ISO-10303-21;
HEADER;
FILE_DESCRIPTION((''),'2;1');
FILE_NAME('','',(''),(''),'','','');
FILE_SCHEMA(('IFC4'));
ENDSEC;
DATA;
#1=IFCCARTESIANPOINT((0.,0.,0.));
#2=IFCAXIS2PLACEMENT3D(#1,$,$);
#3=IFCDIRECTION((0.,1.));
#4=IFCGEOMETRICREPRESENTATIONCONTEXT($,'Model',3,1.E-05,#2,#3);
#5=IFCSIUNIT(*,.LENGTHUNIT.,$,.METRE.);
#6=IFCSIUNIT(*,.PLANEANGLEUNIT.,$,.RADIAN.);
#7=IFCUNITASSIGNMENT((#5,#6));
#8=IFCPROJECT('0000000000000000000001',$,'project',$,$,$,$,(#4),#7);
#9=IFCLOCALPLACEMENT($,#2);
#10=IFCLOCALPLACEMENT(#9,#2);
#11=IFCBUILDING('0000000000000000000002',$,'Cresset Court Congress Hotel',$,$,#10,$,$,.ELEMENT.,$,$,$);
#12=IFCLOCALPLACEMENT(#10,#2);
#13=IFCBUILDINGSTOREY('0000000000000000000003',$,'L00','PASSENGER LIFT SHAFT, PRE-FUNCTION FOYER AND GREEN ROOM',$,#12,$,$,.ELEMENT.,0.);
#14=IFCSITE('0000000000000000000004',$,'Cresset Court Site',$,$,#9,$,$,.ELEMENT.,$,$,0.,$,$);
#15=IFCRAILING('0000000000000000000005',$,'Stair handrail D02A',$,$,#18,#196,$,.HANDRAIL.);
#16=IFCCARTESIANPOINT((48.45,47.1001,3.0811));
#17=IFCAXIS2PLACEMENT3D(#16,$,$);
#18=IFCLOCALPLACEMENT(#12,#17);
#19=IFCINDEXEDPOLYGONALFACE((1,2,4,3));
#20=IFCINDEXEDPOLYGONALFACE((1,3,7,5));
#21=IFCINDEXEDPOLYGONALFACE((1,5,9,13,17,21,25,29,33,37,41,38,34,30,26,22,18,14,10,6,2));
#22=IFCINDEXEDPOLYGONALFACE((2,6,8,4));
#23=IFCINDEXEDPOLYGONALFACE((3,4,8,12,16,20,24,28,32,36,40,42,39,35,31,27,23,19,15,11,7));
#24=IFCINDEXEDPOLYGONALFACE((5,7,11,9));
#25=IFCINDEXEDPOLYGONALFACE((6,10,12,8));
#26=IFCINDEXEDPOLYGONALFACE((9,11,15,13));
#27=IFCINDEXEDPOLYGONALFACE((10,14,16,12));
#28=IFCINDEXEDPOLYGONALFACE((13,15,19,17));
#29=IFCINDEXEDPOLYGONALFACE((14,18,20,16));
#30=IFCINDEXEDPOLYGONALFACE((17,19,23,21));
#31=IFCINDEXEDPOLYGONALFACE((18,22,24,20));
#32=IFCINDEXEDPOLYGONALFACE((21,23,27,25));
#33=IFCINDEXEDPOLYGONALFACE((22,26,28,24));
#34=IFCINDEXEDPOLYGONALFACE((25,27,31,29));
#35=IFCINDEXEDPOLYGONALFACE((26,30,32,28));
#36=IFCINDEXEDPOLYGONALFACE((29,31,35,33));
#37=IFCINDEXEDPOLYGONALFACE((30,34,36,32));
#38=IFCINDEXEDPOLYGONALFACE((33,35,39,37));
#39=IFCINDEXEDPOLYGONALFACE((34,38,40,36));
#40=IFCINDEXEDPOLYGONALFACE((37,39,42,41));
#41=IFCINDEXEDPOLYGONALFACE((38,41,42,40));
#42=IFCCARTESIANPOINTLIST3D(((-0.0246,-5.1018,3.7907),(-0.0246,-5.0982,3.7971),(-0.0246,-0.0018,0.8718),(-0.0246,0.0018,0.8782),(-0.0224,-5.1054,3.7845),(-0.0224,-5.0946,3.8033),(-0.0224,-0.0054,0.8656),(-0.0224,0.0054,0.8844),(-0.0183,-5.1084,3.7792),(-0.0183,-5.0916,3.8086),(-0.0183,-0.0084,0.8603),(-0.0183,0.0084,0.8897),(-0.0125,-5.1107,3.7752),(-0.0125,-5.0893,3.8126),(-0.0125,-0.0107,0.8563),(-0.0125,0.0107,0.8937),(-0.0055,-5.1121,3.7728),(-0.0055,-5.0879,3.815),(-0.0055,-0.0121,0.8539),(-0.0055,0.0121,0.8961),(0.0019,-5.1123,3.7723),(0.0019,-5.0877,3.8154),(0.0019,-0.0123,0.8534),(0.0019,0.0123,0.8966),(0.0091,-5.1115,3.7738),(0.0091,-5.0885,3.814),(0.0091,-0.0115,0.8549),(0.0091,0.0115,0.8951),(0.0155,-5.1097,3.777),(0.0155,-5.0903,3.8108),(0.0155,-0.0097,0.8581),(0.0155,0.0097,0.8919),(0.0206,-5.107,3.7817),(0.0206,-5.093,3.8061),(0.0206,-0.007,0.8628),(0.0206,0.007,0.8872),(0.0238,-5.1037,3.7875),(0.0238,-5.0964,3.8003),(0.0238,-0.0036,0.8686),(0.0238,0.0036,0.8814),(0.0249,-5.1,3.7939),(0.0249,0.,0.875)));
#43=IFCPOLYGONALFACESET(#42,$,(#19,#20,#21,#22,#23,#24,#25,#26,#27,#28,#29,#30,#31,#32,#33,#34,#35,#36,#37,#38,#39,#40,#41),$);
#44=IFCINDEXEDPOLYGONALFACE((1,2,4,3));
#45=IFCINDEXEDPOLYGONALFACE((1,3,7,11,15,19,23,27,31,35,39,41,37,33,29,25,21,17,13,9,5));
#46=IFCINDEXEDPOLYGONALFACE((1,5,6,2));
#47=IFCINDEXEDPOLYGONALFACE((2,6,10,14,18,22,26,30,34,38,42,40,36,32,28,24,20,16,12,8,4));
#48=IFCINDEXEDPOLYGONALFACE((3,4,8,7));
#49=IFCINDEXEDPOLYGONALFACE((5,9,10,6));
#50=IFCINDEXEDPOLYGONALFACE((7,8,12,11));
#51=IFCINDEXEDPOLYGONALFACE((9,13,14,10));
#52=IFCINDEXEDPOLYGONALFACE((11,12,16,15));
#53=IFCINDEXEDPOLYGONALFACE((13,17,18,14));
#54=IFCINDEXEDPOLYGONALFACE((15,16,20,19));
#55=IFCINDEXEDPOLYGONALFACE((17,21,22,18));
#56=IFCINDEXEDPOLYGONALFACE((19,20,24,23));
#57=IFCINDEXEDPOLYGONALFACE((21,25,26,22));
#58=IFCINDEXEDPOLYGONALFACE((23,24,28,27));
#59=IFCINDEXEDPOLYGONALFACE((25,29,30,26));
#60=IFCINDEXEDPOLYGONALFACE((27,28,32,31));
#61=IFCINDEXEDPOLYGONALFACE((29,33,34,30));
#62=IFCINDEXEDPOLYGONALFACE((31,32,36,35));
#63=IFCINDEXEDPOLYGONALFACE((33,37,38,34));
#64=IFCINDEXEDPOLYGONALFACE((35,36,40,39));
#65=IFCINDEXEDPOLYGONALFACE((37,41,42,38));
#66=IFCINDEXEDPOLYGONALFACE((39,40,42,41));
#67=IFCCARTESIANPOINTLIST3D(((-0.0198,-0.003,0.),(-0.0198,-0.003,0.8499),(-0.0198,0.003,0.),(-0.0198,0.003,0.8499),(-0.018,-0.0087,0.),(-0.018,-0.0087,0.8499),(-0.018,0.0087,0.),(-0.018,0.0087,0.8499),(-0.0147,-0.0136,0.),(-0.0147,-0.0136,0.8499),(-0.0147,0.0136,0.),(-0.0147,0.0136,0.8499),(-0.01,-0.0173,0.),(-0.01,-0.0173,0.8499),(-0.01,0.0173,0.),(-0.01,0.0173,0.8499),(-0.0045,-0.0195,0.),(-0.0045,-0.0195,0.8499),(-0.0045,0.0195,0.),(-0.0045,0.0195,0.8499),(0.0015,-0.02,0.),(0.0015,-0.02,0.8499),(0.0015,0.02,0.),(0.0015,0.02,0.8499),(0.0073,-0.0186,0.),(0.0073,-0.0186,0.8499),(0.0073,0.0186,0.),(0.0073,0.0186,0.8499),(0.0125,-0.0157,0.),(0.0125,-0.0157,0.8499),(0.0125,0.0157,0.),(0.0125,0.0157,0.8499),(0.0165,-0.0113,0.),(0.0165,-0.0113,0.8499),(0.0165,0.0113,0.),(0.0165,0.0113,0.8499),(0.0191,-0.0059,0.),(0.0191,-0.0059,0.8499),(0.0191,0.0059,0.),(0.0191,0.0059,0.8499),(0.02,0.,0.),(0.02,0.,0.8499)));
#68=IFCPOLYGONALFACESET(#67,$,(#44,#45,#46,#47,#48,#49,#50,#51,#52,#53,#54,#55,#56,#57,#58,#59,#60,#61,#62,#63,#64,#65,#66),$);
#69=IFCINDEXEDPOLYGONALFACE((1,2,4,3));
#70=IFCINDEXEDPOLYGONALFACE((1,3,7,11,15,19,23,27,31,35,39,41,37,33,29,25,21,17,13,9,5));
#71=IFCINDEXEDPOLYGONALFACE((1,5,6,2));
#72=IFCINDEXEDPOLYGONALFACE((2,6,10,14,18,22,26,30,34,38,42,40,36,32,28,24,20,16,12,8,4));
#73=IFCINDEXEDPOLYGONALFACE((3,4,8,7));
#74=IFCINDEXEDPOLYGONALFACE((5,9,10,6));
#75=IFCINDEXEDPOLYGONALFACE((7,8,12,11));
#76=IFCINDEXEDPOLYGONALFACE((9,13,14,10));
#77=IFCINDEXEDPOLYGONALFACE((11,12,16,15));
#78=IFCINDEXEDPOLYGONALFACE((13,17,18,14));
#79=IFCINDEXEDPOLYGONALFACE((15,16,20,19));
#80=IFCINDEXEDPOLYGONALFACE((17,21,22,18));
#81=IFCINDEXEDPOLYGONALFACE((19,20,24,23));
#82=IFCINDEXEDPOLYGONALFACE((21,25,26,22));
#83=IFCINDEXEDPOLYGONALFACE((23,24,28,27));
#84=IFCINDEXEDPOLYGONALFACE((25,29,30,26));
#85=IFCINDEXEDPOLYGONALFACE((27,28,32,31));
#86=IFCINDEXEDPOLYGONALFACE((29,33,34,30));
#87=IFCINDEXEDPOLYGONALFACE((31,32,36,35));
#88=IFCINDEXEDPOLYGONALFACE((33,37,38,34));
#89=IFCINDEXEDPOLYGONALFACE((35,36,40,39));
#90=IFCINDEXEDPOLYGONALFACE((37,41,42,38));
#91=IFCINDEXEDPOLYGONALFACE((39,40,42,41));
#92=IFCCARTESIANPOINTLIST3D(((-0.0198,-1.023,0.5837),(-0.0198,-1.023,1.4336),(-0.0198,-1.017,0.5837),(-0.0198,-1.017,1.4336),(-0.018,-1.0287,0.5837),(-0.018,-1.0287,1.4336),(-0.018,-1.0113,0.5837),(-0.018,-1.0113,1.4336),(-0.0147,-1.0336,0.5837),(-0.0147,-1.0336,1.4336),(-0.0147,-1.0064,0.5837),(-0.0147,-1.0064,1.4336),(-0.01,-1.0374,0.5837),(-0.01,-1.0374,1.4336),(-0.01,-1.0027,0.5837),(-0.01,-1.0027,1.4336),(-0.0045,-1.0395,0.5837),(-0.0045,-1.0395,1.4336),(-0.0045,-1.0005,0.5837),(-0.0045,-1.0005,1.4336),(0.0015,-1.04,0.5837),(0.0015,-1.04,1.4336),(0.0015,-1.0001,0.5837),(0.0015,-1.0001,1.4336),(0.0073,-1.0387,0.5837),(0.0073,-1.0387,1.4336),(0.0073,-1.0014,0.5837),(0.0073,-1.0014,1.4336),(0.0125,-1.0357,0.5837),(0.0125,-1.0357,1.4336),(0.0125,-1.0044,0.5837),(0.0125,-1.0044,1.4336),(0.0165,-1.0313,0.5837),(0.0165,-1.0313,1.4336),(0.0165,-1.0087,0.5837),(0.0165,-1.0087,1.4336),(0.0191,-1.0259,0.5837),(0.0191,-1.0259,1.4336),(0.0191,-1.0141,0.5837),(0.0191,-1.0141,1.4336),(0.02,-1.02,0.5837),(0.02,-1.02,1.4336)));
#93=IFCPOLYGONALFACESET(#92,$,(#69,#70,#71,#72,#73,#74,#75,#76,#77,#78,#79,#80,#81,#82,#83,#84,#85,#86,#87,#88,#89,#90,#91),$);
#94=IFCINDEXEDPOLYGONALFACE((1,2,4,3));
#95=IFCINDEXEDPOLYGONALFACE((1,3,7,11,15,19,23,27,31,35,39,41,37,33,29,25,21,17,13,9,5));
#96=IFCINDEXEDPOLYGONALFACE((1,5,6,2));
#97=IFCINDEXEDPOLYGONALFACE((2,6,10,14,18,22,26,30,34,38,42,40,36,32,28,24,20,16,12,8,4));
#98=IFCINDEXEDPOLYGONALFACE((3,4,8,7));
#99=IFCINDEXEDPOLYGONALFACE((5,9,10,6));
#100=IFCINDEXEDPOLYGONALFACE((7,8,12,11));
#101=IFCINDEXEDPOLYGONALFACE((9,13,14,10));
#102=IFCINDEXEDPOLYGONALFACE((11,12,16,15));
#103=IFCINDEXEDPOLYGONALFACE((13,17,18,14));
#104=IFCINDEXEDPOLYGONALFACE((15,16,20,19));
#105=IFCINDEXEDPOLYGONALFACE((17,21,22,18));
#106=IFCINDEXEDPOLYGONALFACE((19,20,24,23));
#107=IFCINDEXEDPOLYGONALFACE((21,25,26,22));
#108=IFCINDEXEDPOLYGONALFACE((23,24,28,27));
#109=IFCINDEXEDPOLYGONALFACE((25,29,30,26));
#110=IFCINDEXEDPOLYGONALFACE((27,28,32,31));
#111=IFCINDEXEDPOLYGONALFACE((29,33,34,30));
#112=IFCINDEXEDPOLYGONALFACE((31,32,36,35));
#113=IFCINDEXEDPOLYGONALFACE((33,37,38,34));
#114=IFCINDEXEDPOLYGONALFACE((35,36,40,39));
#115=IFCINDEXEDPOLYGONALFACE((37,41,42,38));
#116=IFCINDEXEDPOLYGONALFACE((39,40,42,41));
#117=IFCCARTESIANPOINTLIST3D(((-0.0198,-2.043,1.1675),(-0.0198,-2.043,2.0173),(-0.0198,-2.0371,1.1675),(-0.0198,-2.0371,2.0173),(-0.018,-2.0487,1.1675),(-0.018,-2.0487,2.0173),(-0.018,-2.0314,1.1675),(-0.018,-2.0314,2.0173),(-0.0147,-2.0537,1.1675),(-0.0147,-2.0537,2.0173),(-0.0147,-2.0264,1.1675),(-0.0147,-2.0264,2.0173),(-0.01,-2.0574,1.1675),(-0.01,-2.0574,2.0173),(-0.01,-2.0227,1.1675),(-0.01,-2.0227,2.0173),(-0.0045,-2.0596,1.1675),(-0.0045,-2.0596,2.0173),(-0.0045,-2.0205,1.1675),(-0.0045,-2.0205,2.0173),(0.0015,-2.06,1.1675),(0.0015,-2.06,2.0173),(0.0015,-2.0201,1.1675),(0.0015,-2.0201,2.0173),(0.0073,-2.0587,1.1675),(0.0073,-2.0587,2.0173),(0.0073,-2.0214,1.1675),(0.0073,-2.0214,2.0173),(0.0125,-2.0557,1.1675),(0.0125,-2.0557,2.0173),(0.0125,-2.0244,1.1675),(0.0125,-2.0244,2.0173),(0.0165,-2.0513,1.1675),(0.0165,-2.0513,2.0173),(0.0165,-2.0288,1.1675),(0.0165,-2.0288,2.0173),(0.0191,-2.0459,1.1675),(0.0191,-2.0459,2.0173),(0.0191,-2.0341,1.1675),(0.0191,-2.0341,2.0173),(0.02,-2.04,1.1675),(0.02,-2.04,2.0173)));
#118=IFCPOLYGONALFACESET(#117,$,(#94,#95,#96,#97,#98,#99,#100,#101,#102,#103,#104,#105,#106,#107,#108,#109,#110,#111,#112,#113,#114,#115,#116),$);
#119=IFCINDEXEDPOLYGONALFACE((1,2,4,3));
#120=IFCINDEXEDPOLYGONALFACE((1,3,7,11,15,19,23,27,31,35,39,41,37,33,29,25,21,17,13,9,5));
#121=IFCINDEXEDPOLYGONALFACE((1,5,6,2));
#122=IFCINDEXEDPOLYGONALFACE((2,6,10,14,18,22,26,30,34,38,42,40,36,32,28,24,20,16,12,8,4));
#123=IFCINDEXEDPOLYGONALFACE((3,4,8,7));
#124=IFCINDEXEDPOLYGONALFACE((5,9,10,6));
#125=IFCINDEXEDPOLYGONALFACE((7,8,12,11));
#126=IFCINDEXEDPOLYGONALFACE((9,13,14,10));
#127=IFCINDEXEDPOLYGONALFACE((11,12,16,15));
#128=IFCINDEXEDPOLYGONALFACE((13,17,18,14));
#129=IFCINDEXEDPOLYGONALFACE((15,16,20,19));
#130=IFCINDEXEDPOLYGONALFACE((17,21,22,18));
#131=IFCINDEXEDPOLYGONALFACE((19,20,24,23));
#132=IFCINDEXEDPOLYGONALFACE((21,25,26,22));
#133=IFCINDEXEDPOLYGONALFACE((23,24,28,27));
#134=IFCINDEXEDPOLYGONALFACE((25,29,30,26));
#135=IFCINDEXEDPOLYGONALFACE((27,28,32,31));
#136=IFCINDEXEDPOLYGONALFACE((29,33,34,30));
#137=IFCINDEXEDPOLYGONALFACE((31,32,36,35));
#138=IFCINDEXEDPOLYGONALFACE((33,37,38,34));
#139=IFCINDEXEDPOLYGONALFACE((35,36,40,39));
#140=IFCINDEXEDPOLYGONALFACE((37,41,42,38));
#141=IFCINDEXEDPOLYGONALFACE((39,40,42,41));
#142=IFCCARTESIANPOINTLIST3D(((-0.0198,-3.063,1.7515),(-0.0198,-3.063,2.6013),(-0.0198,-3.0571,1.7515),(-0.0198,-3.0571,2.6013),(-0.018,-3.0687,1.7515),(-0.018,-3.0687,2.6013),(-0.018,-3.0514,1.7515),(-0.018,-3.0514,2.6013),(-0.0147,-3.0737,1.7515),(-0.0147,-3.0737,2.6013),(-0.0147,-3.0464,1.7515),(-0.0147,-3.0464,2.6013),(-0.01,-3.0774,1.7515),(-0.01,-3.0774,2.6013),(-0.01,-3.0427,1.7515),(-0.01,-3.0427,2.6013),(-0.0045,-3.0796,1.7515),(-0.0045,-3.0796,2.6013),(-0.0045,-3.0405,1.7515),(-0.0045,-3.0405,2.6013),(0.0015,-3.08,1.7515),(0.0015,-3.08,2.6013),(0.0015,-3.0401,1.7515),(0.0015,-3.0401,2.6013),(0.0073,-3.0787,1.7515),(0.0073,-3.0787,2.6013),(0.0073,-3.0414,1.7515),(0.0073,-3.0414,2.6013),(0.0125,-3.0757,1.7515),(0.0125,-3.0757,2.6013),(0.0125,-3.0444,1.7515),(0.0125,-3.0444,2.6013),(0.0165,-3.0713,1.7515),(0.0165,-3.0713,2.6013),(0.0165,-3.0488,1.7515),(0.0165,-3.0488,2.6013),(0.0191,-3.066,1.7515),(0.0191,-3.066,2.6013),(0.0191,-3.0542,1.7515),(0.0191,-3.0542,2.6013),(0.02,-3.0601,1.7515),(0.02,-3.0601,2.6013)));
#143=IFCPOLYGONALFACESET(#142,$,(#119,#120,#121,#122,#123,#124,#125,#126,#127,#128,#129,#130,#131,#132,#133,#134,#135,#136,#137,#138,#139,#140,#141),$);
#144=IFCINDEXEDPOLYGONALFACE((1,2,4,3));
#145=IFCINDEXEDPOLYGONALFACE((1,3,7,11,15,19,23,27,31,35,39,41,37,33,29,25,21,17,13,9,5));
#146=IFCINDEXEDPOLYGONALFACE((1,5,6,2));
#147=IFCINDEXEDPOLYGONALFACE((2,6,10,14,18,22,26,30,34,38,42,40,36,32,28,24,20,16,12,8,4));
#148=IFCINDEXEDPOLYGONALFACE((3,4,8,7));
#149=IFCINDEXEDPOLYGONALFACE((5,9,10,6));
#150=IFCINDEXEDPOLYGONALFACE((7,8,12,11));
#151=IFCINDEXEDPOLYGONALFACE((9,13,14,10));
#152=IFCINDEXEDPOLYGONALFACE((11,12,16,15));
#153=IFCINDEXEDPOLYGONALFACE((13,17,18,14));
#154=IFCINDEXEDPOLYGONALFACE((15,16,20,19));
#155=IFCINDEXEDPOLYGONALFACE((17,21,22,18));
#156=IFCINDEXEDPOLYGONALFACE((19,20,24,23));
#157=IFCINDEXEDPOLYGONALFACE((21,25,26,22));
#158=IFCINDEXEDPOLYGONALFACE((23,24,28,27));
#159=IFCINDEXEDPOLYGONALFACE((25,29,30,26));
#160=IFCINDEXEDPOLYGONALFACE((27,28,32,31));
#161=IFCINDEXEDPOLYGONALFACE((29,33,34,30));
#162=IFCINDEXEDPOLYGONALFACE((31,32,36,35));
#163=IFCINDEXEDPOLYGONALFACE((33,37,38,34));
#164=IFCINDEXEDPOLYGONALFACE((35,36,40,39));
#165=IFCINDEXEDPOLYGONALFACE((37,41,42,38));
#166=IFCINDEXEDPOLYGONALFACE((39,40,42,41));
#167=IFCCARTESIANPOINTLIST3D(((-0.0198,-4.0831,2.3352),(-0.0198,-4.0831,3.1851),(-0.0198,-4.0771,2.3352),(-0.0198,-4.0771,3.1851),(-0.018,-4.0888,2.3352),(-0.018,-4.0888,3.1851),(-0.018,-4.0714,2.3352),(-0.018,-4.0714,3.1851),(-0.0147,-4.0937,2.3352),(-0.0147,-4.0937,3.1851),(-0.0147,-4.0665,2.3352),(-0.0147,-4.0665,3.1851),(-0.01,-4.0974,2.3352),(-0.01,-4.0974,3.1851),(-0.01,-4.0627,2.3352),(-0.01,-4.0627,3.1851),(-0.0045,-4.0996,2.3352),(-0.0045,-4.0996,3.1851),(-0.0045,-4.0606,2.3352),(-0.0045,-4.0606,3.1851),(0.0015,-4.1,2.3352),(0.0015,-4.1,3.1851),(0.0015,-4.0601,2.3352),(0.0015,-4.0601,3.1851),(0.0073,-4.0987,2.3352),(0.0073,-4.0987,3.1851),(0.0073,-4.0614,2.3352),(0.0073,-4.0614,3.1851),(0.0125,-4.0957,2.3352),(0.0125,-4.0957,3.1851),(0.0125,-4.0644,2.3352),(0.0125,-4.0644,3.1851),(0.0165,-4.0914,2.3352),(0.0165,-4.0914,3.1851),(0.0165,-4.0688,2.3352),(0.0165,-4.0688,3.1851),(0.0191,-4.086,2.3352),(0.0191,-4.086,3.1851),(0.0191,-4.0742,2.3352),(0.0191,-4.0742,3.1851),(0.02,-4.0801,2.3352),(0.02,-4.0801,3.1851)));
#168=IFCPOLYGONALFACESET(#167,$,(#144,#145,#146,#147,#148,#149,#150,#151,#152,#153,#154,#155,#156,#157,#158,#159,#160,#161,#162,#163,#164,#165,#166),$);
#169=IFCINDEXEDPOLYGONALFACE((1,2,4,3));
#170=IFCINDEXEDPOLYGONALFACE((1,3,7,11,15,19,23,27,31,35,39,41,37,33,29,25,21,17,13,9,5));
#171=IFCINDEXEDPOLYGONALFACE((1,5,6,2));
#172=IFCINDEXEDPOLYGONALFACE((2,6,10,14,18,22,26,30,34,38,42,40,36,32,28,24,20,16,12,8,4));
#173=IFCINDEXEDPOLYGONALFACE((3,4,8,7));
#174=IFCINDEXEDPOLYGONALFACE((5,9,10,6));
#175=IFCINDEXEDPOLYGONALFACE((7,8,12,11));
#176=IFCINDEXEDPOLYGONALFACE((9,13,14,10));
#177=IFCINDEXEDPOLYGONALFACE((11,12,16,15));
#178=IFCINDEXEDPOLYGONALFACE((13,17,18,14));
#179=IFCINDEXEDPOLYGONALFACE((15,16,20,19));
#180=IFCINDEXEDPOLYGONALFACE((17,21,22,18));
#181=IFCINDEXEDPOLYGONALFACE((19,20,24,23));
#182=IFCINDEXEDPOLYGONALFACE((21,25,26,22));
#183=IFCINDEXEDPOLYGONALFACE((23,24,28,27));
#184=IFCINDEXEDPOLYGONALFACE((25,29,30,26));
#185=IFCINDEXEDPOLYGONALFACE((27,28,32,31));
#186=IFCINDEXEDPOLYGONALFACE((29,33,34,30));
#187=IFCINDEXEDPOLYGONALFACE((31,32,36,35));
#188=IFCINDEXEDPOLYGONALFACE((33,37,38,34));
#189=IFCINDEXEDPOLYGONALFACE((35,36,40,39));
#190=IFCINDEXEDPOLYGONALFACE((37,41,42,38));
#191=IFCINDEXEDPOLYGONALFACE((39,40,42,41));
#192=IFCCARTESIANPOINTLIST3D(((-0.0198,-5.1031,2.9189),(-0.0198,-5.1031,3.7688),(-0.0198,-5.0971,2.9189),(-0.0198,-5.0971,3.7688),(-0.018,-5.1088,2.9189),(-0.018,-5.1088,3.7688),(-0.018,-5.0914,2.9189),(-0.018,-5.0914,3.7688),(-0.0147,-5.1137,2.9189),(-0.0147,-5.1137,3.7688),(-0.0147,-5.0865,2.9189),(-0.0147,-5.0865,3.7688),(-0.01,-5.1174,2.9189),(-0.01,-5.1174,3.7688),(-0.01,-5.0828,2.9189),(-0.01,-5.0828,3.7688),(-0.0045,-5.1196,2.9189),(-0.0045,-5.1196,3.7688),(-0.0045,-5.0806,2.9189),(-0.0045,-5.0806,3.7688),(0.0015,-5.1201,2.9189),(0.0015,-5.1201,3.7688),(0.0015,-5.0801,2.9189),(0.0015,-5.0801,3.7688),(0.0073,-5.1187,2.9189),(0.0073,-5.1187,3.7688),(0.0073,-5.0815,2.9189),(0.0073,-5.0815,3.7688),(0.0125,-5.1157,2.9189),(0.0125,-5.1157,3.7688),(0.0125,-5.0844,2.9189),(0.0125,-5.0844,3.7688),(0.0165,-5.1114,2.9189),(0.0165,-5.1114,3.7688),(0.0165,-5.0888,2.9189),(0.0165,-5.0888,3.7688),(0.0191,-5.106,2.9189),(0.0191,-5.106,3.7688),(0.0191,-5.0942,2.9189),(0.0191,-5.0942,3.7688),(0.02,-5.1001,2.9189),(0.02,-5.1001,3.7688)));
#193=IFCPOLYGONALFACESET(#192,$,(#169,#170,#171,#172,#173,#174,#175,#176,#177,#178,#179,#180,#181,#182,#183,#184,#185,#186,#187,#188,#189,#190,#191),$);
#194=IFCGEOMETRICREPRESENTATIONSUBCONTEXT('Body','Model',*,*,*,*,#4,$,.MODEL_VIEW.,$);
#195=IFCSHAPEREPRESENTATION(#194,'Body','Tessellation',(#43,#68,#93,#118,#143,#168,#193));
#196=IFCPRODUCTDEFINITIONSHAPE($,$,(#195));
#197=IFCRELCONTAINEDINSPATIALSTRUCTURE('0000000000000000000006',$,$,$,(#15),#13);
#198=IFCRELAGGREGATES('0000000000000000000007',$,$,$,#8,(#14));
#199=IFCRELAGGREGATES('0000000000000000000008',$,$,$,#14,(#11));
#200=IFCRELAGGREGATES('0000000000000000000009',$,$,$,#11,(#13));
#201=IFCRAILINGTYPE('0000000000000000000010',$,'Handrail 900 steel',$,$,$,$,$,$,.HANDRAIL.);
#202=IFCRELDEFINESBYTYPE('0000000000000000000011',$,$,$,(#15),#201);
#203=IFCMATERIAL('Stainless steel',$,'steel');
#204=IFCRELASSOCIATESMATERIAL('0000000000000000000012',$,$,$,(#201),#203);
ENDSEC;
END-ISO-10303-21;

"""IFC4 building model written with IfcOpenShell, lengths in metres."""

from ifc_helpers import new_model, si_unit, direction, frame, origin, origin_2d, place, context, subcontext, project, spatial, circle, extrude, material, type_object, element, save


model = new_model("IFC4")

# Units and contexts
model_context = context("Model", 3, precision=1e-05, world=origin(), true_north=direction((0.0, 1.0)))
body_context = subcontext(model_context, "Body", "Model", "MODEL_VIEW")
ifc_project = project(units=[si_unit("LENGTHUNIT", "METRE"), si_unit("PLANEANGLEUNIT", "RADIAN")], contexts=[model_context])

# Site, building, storey
site_placement = place(None, origin())
site = spatial("IfcSite", under=ifc_project, at=site_placement, Name="Cresset Court Site", CompositionType="ELEMENT", RefElevation=0.0)
building_placement = place(site_placement, origin())
building = spatial("IfcBuilding", under=site, at=building_placement, Name="Cresset Court Congress Hotel", CompositionType="ELEMENT")
storey_placement = place(building_placement, origin())
storey = spatial("IfcBuildingStorey", under=building, at=storey_placement, Name="L00", Description="PASSENGER LIFT SHAFT, PRE-FUNCTION FOYER AND GREEN ROOM", CompositionType="ELEMENT", Elevation=0.0)

# Railing
ifc_material_1 = material(Name="Stainless steel", Category="steel")
railing_type_1 = type_object("IfcRailingType", Name="Handrail 900 steel", PredefinedType="HANDRAIL", material=ifc_material_1)
railing_1_placement = place(storey_placement, frame((48.45, 47.1001, 3.0811)))
element("IfcRailing", 1, at=railing_1_placement, inside=storey, type_object=railing_type_1, Name="Stair handrail D02A", PredefinedType="HANDRAIL", context=body_context, shape_type="SweptSolid", body=[
    extrude(circle(Radius=0.0249, at=origin_2d()), frame((0.0, 0.0, 0.875), z_axis=(0.0, -0.867905, 0.496729), x_axis=(1.0, 0.0, 0.0)), (0.0, 0.0, 1.0), 5.8762),
    extrude(circle(Radius=0.02, at=origin_2d()), origin(), (0.0, 0.0, 1.0), 0.8499),
    extrude(circle(Radius=0.02, at=origin_2d()), frame((0.0, -1.02, 0.5837)), (0.0, 0.0, 1.0), 0.8499),
    extrude(circle(Radius=0.02, at=origin_2d()), frame((0.0, -2.04, 1.1675)), (0.0, 0.0, 1.0), 0.8499),
    extrude(circle(Radius=0.02, at=origin_2d()), frame((0.0, -3.0601, 1.7515)), (0.0, 0.0, 1.0), 0.8499),
    extrude(circle(Radius=0.02, at=origin_2d()), frame((0.0, -4.0801, 2.3352)), (0.0, 0.0, 1.0), 0.8499),
    extrude(circle(Radius=0.02, at=origin_2d()), frame((0.0, -5.1001, 2.9189)), (0.0, 0.0, 1.0), 0.8499),
])

save(model, "model.ifc")
